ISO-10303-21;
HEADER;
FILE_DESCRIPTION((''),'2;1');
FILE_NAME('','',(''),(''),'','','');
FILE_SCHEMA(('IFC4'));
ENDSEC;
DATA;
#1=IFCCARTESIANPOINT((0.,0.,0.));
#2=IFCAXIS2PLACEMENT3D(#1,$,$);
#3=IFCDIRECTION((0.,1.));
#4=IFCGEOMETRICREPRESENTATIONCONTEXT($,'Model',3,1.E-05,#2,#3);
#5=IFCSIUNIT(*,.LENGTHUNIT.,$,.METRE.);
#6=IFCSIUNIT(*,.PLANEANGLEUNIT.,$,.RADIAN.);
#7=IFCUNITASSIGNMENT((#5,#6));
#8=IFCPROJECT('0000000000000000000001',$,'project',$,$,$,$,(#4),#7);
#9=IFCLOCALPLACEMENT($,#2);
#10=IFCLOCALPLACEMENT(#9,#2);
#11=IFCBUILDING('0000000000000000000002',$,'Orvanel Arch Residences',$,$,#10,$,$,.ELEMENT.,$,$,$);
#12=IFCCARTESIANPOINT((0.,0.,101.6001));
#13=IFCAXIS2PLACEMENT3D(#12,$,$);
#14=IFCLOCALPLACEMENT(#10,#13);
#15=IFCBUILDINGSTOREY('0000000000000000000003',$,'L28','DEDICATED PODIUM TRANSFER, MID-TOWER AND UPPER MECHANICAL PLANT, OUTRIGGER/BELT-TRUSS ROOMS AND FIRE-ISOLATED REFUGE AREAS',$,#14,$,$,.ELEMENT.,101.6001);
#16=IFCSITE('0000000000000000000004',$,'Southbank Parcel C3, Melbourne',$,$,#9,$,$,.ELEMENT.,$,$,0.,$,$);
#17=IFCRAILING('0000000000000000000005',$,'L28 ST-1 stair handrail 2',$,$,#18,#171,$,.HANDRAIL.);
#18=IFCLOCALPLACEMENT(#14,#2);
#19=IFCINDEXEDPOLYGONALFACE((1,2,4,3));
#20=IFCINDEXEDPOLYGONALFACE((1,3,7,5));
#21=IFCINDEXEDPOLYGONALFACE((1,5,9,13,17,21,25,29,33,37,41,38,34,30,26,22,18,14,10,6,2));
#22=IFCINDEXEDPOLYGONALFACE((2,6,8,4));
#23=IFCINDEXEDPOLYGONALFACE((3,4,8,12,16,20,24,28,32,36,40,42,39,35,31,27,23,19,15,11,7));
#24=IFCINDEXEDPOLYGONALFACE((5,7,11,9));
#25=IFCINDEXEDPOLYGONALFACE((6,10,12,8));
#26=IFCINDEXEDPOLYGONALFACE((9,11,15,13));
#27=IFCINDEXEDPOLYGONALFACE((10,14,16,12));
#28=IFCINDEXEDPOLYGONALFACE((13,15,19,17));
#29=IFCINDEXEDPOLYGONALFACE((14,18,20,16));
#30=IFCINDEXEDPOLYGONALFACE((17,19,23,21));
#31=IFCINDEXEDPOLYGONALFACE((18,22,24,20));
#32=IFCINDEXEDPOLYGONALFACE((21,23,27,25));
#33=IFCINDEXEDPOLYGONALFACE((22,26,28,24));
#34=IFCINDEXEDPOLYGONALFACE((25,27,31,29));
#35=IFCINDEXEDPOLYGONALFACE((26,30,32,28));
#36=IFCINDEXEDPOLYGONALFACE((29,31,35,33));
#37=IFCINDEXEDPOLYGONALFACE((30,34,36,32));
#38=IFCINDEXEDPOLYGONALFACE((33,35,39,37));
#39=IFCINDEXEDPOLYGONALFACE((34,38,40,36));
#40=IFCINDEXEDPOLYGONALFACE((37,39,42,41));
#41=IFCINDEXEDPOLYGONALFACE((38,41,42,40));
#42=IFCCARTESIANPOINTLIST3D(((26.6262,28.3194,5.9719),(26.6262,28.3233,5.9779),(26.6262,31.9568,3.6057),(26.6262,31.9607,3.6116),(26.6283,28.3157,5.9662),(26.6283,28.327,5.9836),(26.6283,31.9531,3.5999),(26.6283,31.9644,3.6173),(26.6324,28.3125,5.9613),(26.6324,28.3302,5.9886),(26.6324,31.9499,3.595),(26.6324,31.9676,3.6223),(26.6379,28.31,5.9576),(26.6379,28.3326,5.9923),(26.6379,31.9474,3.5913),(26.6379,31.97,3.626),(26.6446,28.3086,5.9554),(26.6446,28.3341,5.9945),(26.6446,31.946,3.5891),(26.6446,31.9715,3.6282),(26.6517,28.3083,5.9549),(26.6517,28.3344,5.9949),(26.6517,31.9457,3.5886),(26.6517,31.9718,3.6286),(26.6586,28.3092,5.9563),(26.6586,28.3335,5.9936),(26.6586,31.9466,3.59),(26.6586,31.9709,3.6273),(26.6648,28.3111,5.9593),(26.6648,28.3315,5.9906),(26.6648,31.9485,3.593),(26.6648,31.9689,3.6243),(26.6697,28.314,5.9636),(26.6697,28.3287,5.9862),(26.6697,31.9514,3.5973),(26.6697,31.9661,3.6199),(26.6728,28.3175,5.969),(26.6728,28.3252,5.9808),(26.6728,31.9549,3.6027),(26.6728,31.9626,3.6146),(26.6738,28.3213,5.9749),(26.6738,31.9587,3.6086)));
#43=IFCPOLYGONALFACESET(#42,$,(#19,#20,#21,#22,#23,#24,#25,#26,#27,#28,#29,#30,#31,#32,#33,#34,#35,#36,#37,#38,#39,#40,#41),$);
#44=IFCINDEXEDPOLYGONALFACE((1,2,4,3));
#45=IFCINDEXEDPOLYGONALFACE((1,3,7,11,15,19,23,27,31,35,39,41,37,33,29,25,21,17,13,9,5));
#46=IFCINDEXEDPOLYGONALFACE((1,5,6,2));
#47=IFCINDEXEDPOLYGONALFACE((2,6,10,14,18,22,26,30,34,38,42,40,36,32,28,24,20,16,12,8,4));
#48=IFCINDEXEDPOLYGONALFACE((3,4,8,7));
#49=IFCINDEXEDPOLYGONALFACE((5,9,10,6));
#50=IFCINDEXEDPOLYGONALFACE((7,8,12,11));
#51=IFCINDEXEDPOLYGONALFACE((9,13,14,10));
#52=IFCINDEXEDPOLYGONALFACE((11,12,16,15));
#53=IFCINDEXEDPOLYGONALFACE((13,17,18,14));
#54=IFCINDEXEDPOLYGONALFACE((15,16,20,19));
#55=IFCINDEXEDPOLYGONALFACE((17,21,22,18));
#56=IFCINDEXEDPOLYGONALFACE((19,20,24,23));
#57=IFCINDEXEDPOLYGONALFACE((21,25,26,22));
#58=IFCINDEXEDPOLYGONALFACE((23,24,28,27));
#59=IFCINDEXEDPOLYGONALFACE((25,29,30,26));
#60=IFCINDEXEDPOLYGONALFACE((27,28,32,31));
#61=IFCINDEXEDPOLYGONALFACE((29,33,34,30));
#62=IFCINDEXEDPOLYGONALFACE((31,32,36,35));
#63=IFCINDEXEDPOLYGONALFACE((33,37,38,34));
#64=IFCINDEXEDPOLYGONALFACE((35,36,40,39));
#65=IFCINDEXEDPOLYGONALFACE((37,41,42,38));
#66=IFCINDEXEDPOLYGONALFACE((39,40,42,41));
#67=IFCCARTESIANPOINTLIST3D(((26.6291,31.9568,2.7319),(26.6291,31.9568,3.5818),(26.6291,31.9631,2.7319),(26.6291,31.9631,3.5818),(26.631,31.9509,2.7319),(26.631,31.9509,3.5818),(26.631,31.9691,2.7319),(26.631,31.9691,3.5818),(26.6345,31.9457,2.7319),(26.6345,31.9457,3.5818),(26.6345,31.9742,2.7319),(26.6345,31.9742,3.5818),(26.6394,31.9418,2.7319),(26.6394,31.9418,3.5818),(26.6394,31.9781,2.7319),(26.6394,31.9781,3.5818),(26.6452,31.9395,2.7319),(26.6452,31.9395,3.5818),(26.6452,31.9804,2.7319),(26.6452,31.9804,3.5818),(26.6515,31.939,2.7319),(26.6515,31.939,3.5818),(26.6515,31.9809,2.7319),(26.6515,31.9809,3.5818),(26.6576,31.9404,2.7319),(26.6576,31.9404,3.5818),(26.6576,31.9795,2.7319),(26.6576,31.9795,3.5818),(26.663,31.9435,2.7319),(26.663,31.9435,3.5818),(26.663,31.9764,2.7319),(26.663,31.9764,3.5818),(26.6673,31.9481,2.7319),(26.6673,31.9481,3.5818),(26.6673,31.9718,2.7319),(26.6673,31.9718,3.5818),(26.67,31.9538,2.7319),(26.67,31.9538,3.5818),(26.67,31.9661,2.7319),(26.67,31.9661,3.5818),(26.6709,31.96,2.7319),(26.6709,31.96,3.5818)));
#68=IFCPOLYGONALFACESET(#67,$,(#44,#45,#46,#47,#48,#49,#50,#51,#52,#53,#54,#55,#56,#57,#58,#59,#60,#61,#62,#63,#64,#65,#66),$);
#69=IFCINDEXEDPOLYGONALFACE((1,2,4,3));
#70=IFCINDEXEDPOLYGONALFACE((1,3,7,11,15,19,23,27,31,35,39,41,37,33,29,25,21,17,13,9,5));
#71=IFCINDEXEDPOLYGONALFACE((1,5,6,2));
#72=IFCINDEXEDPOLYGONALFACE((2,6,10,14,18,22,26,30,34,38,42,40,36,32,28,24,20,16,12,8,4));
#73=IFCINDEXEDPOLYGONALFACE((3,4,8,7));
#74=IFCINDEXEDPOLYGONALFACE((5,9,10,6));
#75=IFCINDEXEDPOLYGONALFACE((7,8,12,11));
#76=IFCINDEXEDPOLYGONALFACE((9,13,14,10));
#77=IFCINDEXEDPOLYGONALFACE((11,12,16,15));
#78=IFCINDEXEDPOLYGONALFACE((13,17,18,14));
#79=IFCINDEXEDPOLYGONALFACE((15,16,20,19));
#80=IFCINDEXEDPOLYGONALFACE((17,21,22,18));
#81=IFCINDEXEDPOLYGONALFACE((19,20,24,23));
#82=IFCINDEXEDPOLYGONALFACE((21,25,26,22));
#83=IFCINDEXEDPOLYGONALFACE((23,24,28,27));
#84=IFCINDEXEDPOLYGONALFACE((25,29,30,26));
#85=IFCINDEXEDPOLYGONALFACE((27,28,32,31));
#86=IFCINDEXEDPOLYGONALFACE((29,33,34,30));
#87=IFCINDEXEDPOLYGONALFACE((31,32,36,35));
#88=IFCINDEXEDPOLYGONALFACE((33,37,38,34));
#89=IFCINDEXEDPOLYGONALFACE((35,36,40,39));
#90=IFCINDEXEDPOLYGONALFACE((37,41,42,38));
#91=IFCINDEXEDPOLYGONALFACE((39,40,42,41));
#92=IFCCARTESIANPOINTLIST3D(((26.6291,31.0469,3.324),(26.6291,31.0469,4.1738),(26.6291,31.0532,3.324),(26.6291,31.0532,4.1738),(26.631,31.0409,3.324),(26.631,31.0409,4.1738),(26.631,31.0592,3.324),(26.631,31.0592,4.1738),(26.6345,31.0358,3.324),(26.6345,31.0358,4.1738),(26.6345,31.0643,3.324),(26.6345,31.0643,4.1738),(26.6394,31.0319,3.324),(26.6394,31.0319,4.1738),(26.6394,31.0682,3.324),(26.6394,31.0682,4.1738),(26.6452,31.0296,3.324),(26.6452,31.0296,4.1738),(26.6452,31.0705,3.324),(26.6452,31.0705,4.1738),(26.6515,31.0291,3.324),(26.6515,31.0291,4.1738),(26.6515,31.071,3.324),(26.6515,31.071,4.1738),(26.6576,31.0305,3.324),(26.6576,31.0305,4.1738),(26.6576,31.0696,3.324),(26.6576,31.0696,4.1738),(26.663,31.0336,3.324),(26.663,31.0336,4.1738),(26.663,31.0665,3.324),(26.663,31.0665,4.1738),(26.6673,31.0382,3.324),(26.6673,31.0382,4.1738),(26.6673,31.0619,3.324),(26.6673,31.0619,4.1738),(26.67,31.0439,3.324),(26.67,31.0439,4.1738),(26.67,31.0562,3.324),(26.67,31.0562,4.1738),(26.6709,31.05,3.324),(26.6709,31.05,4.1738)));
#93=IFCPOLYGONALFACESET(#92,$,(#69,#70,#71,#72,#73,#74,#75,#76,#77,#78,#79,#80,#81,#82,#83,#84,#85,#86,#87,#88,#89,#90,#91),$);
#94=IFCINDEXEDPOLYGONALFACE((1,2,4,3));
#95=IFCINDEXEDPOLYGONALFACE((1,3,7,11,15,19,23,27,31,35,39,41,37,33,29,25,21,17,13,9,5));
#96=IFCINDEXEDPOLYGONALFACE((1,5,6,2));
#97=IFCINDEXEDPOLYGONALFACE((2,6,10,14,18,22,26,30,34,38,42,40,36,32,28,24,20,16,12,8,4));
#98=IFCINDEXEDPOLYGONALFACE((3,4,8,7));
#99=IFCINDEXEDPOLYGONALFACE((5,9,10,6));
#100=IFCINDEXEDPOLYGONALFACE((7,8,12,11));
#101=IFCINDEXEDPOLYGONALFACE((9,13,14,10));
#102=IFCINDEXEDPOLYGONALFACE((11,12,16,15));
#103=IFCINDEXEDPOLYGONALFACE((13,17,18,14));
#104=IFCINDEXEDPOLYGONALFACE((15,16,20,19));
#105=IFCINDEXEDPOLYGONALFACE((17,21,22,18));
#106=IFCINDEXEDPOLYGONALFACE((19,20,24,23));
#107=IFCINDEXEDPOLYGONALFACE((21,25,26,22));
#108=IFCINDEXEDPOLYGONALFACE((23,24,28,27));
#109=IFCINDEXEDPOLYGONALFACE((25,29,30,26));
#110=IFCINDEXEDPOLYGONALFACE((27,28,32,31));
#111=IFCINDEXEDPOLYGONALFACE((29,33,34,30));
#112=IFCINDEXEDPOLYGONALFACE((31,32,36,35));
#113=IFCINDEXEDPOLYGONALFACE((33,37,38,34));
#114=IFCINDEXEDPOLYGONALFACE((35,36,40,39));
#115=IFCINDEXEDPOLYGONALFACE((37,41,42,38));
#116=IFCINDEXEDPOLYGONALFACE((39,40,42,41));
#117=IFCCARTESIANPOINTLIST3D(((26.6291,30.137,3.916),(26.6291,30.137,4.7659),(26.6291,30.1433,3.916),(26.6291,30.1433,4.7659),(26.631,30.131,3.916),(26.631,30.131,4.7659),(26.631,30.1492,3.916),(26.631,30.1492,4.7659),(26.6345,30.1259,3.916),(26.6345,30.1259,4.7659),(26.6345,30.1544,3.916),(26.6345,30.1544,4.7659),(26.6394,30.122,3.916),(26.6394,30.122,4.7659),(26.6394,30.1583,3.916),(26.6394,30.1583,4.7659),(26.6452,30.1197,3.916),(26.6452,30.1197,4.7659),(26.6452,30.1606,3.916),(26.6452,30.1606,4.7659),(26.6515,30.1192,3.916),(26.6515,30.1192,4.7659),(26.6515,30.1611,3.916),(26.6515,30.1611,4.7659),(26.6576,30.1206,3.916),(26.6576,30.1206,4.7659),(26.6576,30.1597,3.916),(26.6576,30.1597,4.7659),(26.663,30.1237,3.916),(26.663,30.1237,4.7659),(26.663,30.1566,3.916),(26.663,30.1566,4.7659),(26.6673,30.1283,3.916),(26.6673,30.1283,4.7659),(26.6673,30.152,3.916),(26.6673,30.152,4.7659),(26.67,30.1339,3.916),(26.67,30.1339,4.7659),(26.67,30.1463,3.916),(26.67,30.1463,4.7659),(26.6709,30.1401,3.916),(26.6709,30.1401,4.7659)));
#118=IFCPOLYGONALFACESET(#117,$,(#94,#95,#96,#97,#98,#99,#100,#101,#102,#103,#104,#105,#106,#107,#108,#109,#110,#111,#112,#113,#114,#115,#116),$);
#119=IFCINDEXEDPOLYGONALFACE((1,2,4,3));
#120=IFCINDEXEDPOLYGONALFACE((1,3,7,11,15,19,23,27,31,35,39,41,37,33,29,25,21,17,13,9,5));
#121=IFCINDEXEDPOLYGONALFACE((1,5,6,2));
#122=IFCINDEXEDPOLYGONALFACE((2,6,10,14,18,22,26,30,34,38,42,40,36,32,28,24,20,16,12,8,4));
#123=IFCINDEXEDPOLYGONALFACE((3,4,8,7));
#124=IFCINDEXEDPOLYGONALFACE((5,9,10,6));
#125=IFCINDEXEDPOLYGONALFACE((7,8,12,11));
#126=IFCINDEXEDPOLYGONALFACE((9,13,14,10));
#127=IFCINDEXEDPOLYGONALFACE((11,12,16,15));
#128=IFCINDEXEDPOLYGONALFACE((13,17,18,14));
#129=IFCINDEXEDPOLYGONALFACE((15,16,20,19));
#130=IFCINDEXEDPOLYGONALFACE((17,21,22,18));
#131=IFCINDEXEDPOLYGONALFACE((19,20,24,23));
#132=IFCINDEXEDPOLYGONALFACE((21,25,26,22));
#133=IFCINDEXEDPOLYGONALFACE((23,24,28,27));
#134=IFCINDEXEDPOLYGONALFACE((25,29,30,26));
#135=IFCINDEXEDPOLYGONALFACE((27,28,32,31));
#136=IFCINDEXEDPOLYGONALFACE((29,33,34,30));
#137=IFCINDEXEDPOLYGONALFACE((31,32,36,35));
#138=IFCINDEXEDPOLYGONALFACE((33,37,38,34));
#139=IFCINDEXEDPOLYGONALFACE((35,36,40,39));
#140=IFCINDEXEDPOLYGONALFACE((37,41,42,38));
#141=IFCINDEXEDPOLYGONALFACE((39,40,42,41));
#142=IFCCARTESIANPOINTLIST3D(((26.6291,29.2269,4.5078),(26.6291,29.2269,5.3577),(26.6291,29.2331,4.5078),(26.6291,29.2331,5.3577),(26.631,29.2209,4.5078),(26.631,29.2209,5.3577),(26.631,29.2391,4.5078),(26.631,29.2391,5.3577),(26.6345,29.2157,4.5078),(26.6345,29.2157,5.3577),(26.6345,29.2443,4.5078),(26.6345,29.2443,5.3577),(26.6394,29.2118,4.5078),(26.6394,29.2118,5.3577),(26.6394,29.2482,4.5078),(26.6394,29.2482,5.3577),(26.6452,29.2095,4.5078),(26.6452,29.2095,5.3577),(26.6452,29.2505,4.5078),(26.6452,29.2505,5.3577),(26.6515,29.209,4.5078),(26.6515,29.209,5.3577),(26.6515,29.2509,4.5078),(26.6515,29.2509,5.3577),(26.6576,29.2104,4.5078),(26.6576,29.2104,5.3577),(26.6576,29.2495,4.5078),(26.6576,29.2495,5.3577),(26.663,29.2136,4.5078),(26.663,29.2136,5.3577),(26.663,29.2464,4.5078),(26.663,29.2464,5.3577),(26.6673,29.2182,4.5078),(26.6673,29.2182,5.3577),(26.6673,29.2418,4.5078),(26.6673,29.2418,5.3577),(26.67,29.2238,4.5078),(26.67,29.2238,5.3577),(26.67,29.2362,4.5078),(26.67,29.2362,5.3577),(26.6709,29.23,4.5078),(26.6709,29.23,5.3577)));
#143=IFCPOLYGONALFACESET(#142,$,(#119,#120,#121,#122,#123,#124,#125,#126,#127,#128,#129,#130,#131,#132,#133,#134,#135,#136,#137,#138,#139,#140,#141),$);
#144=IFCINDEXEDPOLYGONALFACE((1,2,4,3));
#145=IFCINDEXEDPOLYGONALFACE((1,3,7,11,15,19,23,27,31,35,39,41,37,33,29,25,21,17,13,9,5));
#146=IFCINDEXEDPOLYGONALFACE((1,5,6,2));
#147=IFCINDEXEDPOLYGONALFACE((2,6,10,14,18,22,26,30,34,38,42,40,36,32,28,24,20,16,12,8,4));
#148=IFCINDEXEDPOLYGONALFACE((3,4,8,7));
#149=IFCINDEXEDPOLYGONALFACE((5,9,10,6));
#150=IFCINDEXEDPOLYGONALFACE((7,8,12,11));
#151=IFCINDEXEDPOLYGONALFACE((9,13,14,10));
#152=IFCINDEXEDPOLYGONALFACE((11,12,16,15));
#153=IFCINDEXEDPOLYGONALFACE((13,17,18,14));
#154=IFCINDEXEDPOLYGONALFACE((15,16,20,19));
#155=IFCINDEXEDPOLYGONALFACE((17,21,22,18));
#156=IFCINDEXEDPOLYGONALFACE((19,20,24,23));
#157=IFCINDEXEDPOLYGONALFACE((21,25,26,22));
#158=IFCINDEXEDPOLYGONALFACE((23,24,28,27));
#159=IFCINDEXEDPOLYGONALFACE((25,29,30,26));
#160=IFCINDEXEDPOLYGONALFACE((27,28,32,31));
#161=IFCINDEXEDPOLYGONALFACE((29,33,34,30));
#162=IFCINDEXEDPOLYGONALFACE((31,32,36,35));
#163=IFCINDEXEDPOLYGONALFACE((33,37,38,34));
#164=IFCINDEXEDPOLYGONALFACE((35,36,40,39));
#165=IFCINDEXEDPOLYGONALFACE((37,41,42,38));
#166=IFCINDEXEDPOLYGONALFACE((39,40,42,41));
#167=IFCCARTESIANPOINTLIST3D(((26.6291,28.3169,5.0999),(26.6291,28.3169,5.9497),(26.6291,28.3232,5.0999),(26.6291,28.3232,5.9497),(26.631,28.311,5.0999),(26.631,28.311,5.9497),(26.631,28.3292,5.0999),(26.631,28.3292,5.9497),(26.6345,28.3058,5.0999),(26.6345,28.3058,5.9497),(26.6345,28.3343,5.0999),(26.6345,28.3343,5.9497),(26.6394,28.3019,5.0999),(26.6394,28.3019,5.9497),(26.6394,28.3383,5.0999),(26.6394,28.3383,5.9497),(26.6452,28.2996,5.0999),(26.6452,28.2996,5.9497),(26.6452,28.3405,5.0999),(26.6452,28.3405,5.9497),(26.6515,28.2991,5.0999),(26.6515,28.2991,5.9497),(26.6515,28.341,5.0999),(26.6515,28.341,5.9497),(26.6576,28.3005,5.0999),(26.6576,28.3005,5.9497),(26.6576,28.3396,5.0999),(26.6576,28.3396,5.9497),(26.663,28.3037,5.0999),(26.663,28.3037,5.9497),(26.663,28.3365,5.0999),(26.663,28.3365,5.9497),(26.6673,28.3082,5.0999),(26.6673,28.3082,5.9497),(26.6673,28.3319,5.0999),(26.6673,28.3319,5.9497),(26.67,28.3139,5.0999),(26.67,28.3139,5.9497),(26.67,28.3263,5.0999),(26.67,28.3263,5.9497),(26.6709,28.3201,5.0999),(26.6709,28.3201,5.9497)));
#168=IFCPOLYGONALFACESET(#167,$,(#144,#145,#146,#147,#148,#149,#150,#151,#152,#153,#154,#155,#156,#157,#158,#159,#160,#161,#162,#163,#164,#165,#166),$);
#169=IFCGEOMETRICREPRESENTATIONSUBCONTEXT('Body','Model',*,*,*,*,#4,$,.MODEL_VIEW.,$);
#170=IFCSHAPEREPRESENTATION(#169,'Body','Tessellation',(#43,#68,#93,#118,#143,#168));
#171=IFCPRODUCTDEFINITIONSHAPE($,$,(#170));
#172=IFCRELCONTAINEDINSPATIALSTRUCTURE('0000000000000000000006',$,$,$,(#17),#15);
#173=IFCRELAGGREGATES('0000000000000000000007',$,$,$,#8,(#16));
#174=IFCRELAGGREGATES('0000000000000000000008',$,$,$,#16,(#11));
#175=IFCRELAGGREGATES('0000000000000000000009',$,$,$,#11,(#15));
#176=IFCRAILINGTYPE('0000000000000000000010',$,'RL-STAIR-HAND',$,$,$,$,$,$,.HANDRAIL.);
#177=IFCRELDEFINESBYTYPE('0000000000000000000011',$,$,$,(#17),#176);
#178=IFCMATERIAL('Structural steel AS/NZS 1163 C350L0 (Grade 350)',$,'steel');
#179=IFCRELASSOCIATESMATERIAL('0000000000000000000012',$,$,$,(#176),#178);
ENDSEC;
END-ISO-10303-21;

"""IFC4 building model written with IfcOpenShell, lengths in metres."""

from ifc_helpers import new_model, si_unit, direction, frame, origin, origin_2d, place, context, subcontext, project, spatial, circle, extrude, material, type_object, element, save


model = new_model("IFC4")

# Units and contexts
model_context = context("Model", 3, precision=1e-05, world=origin(), true_north=direction((0.0, 1.0)))
body_context = subcontext(model_context, "Body", "Model", "MODEL_VIEW")
ifc_project = project(units=[si_unit("LENGTHUNIT", "METRE"), si_unit("PLANEANGLEUNIT", "RADIAN")], contexts=[model_context])

# Site, building, storey
site_placement = place(None, origin())
site = spatial("IfcSite", under=ifc_project, at=site_placement, Name="Southbank Parcel C3, Melbourne", CompositionType="ELEMENT", RefElevation=0.0)
building_placement = place(site_placement, origin())
building = spatial("IfcBuilding", under=site, at=building_placement, Name="Orvanel Arch Residences", CompositionType="ELEMENT")
storey_placement = place(building_placement, frame((0.0, 0.0, 101.6001)))
storey = spatial("IfcBuildingStorey", under=building, at=storey_placement, Name="L28", Description="DEDICATED PODIUM TRANSFER, MID-TOWER AND UPPER MECHANICAL PLANT, OUTRIGGER/BELT-TRUSS ROOMS AND FIRE-ISOLATED REFUGE AREAS", CompositionType="ELEMENT", Elevation=101.6001)

# Railing
ifc_material_1 = material(Name="Structural steel AS/NZS 1163 C350L0 (Grade 350)", Category="steel")
railing_type_1 = type_object("IfcRailingType", Name="RL-STAIR-HAND", PredefinedType="HANDRAIL", material=ifc_material_1)
railing_1_placement = place(storey_placement, frame((26.6499, 31.96, 2.7319)))
element("IfcRailing", 1, at=railing_1_placement, inside=storey, type_object=railing_type_1, Name="L28 ST-1 stair handrail 2", PredefinedType="HANDRAIL", context=body_context, shape_type="SweptSolid", body=[
    extrude(circle(Radius=0.0239, at=origin_2d()), frame((0.0, -0.0012, 0.8767), z_axis=(0.0, -0.838234, 0.54531), x_axis=(1.0, 0.0, 0.0)), (0.0, 0.0, 1.0), 4.3394),
    extrude(circle(Radius=0.021, at=origin_2d()), origin(), (0.0, 0.0, 1.0), 0.8499),
    extrude(circle(Radius=0.021, at=origin_2d()), frame((0.0, -0.9099, 0.592)), (0.0, 0.0, 1.0), 0.8499),
    extrude(circle(Radius=0.021, at=origin_2d()), frame((0.0, -1.8198, 1.1841)), (0.0, 0.0, 1.0), 0.8499),
    extrude(circle(Radius=0.021, at=origin_2d()), frame((0.0, -2.73, 1.7759)), (0.0, 0.0, 1.0), 0.8499),
    extrude(circle(Radius=0.021, at=origin_2d()), frame((0.0, -3.6399, 2.3679)), (0.0, 0.0, 1.0), 0.8499),
])

save(model, "model.ifc")
